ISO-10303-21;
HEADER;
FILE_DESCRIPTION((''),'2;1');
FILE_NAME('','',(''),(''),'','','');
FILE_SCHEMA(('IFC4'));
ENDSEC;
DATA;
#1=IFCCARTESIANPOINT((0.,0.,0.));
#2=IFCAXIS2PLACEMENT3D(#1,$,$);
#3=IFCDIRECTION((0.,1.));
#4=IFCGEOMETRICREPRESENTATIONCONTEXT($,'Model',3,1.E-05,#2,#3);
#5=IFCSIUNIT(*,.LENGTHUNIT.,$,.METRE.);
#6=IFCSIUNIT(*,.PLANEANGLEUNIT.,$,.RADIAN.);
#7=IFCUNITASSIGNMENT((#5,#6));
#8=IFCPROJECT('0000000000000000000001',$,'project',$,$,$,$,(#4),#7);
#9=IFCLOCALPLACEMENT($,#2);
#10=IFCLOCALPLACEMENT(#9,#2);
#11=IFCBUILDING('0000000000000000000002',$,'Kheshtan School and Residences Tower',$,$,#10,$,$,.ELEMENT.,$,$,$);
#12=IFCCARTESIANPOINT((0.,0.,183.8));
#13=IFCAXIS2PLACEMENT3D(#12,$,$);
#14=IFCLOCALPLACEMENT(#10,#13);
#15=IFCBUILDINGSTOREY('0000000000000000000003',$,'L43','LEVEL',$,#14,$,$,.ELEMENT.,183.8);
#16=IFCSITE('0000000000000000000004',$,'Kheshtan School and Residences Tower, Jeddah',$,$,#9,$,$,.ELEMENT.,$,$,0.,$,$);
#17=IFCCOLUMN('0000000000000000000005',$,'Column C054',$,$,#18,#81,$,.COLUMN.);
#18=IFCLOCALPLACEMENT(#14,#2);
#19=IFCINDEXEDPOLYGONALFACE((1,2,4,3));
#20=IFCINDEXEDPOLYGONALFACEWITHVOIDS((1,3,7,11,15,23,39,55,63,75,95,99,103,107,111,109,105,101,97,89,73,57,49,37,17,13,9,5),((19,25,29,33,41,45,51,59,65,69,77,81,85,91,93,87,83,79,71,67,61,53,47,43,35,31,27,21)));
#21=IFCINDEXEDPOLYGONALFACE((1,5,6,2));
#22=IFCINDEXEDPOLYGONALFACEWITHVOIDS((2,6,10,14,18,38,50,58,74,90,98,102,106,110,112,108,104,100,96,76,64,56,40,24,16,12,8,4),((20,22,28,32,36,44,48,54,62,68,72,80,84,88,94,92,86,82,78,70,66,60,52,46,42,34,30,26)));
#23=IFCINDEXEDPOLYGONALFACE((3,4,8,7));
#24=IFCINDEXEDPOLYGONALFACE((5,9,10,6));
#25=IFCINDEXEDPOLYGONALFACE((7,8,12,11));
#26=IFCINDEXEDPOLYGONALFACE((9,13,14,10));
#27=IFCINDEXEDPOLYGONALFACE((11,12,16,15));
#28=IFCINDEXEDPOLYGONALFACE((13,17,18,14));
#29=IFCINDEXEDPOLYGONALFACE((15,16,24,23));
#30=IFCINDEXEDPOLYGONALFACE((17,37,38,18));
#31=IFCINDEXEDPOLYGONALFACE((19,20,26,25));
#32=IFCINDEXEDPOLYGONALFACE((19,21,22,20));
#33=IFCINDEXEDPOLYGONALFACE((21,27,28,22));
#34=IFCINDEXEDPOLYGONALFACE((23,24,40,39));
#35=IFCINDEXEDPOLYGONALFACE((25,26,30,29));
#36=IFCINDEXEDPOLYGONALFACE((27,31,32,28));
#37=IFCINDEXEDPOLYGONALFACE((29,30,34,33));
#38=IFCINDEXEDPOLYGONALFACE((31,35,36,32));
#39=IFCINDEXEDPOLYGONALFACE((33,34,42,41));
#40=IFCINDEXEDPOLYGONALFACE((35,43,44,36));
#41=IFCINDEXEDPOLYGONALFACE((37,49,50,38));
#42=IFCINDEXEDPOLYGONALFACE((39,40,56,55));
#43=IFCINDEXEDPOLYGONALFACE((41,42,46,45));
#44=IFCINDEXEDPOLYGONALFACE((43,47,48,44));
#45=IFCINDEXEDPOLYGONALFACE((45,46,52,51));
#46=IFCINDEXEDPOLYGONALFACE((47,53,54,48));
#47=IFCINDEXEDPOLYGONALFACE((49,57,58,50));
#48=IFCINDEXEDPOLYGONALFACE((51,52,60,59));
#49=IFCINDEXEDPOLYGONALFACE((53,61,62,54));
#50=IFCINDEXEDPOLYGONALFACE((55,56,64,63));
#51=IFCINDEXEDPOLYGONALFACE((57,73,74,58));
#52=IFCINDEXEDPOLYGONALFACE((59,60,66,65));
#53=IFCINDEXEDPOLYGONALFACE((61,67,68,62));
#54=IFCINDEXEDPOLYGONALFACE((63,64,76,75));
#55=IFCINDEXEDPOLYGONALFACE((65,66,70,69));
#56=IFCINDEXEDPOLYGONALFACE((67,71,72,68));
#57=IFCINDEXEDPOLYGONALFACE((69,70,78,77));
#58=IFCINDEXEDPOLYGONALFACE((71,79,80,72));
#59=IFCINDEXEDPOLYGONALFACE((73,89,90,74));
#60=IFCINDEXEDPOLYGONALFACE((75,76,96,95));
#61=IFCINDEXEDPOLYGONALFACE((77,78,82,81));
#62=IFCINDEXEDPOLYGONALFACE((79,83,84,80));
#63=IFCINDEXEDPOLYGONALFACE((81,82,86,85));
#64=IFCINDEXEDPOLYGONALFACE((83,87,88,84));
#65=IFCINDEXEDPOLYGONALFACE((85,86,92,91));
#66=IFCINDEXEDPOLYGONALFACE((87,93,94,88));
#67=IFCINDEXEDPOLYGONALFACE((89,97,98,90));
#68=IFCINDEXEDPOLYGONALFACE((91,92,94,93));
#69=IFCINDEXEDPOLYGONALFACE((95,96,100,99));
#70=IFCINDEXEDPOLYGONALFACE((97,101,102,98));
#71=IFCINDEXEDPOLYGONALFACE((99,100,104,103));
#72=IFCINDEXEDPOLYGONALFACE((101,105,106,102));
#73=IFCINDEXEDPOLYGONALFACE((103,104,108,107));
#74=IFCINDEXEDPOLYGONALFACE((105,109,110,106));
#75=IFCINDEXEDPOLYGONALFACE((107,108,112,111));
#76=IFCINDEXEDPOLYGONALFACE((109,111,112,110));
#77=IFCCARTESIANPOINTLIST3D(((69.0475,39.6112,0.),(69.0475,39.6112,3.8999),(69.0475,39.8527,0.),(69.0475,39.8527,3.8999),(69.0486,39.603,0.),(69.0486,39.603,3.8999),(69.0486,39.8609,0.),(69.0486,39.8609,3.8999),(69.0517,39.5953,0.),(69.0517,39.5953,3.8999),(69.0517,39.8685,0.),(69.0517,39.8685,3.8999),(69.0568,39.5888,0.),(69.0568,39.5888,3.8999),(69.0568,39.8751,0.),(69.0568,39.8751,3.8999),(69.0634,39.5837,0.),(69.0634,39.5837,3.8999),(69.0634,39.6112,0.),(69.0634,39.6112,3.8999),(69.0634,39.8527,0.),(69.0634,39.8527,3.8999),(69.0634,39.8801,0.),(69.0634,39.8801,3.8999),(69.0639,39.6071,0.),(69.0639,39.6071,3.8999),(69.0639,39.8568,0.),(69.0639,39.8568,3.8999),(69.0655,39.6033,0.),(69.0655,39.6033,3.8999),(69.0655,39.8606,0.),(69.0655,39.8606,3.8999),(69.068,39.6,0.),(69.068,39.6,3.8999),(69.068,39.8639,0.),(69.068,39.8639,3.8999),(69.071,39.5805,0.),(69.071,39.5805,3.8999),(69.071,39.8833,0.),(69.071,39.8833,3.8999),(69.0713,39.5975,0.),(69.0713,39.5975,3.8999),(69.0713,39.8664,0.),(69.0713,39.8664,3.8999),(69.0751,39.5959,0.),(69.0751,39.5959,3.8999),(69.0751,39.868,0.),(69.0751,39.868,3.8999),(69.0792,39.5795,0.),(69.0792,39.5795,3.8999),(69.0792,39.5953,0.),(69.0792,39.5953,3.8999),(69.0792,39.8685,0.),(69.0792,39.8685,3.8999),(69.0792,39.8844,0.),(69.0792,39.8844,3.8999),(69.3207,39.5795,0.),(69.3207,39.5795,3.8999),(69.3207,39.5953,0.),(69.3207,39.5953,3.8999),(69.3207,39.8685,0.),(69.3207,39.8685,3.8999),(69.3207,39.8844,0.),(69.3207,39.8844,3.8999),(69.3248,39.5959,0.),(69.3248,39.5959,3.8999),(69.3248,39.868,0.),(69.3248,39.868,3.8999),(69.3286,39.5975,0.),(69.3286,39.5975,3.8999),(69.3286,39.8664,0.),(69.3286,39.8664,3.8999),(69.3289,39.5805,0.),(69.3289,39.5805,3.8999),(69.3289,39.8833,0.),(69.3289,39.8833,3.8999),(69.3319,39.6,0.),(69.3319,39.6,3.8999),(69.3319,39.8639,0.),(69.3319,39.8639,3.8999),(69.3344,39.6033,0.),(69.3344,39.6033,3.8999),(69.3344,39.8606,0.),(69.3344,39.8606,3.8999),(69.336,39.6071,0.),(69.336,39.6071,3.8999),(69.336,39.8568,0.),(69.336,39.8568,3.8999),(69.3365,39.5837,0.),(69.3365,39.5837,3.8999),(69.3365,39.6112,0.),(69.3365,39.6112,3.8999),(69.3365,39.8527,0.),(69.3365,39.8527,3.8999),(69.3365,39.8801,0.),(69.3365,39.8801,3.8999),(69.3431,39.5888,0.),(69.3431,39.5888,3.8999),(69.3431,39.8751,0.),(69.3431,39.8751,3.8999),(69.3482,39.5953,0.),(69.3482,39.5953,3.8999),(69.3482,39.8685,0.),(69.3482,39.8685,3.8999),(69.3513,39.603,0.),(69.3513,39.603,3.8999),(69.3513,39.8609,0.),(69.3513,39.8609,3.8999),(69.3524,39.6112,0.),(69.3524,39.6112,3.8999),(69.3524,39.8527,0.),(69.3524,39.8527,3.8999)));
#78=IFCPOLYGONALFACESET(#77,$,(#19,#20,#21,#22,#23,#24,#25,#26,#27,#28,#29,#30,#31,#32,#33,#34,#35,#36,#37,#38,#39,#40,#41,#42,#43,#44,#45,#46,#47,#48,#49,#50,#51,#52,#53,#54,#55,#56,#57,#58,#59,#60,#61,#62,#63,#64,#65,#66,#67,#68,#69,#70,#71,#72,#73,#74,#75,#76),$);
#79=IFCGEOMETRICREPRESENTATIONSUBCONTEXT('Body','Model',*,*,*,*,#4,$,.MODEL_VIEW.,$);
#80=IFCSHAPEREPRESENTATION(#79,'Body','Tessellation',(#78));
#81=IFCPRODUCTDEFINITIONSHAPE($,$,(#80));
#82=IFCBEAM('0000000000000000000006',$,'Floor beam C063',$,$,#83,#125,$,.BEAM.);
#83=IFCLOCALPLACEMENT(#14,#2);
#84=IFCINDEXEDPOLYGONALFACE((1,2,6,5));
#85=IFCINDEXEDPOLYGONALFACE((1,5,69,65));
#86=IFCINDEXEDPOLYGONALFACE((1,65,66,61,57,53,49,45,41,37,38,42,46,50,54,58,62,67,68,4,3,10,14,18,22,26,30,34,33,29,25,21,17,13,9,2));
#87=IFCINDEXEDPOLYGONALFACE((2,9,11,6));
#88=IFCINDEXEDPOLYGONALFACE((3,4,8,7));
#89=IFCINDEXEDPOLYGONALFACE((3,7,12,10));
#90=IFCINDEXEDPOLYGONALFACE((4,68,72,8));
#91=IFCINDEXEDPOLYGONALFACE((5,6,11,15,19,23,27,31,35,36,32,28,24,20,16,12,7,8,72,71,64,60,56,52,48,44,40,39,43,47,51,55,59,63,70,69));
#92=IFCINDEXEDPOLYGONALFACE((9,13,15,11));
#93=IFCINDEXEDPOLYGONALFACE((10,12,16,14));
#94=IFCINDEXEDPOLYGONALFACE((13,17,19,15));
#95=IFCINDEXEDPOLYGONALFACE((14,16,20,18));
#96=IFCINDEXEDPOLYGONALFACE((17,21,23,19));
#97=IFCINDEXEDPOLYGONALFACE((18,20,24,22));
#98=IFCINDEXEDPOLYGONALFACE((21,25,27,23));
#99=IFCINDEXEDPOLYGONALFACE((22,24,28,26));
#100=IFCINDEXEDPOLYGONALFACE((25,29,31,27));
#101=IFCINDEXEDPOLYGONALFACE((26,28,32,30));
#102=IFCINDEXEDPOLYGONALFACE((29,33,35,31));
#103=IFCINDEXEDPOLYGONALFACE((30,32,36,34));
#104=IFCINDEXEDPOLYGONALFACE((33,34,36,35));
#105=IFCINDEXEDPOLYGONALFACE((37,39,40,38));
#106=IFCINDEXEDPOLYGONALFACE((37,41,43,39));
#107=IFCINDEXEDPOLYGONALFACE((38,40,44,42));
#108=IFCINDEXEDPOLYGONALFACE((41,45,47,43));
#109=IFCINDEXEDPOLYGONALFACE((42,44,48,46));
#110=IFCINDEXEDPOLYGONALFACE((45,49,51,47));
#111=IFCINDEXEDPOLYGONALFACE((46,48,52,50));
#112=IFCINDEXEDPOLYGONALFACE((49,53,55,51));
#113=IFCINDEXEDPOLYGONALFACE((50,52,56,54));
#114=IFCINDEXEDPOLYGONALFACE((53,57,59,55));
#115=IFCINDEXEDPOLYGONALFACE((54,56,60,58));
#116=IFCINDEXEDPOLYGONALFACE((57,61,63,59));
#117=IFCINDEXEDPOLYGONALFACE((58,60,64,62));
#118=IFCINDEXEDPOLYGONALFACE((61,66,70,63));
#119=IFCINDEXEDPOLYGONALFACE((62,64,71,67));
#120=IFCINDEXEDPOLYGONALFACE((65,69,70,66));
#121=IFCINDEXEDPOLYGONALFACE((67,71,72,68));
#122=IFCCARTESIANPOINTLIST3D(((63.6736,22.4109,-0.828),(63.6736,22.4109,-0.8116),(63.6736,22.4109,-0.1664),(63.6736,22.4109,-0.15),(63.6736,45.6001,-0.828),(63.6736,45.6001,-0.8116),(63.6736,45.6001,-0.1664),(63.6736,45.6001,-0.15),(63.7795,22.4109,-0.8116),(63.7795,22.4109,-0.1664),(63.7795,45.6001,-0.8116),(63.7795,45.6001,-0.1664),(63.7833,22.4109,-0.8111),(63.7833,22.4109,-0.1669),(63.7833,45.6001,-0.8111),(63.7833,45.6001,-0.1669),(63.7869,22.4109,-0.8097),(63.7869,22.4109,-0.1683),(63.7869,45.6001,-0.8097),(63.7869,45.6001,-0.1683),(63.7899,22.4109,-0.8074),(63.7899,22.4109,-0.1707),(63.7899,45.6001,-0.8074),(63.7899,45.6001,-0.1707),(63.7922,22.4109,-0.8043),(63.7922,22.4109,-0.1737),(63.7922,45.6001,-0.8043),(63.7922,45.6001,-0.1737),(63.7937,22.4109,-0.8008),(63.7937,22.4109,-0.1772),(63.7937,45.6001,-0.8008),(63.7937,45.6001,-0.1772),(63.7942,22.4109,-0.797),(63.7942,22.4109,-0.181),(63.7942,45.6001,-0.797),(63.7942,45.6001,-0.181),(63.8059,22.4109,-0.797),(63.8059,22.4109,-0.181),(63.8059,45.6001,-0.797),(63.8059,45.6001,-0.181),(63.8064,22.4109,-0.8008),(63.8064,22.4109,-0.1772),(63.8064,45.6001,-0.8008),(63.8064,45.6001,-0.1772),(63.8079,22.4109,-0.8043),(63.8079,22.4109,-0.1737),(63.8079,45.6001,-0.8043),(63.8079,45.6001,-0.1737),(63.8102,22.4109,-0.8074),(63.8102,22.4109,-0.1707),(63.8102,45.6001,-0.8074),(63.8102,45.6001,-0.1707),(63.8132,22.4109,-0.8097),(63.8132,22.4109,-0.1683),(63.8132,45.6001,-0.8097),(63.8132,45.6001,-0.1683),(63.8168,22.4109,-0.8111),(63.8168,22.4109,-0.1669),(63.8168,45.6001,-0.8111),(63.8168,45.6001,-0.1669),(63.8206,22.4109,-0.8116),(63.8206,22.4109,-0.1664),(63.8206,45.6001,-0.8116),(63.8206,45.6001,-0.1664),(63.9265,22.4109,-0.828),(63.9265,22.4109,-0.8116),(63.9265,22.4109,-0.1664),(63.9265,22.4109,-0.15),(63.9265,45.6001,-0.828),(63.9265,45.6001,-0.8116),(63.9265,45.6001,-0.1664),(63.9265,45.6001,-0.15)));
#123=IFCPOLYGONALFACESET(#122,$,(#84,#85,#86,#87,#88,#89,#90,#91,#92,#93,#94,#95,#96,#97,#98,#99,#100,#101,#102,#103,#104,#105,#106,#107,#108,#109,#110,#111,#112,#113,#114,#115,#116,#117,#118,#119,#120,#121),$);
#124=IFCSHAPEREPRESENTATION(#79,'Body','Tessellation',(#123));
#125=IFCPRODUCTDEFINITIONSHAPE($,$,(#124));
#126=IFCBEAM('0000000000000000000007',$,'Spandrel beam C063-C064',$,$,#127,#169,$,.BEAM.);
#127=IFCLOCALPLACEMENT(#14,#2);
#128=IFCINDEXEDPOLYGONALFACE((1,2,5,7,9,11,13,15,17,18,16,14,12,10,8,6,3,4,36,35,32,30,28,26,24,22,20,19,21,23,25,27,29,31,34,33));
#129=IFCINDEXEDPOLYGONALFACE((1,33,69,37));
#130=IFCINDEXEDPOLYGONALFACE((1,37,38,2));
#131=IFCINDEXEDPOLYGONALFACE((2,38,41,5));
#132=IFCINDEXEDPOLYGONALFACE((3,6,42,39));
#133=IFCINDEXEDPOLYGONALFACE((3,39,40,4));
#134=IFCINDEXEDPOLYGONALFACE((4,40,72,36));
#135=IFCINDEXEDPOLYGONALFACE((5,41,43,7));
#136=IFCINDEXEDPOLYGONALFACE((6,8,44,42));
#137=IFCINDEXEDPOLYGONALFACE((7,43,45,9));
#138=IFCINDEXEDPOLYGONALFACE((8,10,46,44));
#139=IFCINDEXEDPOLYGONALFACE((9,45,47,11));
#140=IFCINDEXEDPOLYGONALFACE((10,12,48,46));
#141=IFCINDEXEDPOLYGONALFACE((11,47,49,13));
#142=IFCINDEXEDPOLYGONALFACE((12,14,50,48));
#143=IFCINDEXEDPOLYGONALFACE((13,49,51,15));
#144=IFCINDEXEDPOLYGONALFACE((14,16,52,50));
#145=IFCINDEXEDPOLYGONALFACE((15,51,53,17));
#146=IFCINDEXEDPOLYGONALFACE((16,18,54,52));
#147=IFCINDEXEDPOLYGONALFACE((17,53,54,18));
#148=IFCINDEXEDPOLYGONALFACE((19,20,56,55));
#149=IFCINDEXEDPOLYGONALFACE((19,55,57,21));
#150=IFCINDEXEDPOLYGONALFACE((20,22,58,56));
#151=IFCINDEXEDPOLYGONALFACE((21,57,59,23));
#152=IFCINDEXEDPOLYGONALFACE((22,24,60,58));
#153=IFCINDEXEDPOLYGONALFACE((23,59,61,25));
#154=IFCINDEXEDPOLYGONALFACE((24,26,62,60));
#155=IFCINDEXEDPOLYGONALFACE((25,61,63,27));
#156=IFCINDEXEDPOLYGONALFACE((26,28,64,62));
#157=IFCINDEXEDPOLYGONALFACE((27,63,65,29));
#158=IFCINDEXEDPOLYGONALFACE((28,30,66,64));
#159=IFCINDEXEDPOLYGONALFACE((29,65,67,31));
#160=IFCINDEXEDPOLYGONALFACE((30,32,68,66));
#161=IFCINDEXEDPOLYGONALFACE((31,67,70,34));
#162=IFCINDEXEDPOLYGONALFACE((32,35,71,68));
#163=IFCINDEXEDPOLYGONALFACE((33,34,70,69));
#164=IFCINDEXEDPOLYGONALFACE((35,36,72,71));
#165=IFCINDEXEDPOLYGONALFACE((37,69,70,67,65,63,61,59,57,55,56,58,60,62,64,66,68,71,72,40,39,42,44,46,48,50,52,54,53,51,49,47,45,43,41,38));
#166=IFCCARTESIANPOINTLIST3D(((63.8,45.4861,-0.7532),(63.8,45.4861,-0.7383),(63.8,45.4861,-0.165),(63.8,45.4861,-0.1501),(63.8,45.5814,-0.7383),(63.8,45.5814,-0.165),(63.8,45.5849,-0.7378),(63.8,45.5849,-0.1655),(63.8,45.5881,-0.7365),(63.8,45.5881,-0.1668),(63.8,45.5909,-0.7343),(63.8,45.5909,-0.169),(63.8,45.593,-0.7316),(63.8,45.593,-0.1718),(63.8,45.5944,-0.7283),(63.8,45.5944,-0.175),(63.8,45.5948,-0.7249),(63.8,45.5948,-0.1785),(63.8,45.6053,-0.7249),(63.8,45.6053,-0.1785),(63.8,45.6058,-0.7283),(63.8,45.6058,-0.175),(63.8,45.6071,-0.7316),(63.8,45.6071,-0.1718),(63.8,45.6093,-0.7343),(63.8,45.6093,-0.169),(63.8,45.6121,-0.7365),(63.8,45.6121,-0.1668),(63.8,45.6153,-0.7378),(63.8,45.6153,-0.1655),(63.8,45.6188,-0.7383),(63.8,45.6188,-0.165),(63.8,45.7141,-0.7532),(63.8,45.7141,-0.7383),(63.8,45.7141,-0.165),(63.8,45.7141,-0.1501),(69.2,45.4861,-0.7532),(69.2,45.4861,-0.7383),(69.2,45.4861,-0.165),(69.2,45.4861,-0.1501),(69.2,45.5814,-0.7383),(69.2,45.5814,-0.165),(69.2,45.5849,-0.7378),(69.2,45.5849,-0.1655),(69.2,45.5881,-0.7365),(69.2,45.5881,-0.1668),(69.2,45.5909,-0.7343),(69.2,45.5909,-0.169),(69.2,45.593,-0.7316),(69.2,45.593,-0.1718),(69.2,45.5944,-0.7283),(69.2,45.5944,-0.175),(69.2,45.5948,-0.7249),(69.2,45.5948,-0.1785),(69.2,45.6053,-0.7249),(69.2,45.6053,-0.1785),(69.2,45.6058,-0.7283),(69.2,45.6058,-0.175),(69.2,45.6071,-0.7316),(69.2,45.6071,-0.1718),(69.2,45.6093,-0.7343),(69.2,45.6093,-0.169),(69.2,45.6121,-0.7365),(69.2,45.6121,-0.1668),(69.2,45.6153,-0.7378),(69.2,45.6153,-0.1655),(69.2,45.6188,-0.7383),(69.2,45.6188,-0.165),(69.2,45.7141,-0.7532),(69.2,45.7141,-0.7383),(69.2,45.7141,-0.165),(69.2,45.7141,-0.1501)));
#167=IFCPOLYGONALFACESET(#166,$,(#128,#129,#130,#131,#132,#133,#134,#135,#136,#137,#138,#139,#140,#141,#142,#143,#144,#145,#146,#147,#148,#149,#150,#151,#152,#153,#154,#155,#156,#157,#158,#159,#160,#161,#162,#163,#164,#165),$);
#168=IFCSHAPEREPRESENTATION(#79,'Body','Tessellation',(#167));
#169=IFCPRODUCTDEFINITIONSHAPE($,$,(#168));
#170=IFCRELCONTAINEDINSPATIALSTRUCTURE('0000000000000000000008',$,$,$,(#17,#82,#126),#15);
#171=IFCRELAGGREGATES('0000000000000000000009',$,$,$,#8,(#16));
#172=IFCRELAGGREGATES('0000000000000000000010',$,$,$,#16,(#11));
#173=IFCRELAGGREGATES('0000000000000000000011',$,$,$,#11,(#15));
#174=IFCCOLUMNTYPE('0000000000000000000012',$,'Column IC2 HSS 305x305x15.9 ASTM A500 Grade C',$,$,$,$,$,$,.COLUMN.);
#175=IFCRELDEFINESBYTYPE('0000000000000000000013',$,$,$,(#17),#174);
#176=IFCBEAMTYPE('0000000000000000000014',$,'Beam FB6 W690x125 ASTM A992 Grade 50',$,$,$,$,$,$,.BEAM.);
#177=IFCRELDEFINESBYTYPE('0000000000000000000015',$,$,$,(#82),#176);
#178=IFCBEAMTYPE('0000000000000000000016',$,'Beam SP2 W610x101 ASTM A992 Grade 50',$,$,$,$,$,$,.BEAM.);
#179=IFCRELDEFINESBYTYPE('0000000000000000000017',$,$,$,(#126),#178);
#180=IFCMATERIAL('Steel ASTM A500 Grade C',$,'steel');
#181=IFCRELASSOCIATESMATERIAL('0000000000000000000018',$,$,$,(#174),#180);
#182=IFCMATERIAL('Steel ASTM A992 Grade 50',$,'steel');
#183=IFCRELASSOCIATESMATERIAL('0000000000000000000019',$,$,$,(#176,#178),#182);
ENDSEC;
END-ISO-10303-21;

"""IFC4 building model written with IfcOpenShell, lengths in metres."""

from ifc_helpers import new_model, si_unit, direction, frame, origin, origin_2d, place, context, subcontext, project, spatial, hollow_rectangle, i_section, extrude, material, material_profile, profile_set, type_object, element, save


model = new_model("IFC4")

# Units and contexts
model_context = context("Model", 3, precision=1e-05, world=origin(), true_north=direction((0.0, 1.0)))
body_context = subcontext(model_context, "Body", "Model", "MODEL_VIEW")
ifc_project = project(units=[si_unit("LENGTHUNIT", "METRE"), si_unit("PLANEANGLEUNIT", "RADIAN")], contexts=[model_context])

# Site, building, storey
site_placement = place(None, origin())
site = spatial("IfcSite", under=ifc_project, at=site_placement, Name="Kheshtan School and Residences Tower, Jeddah", CompositionType="ELEMENT", RefElevation=0.0)
building_placement = place(site_placement, origin())
building = spatial("IfcBuilding", under=site, at=building_placement, Name="Kheshtan School and Residences Tower", CompositionType="ELEMENT")
storey_placement = place(building_placement, frame((0.0, 0.0, 183.8)))
storey = spatial("IfcBuildingStorey", under=building, at=storey_placement, Name="L43", Description="LEVEL", CompositionType="ELEMENT", Elevation=183.8)

# Column
ifc_material_1 = material(Name="Steel ASTM A992 Grade 50", Category="steel")
ifc_material_2 = material(Name="Steel ASTM A500 Grade C", Category="steel")
ifc_material_profile_1 = material_profile(ifc_material_2, hollow_rectangle(XDim=0.3049, YDim=0.3049, WallThickness=0.0159, InnerFilletRadius=0.0159, OuterFilletRadius=0.0317, at=origin_2d()), Name="HSS 305x305x15.9")
ifc_profile_set_1 = profile_set([ifc_material_profile_1], Name="Steel ASTM A500 Grade C")
column_type_1 = type_object("IfcColumnType", Name="Column IC2 HSS 305x305x15.9 ASTM A500 Grade C", PredefinedType="COLUMN", material=ifc_profile_set_1)
column_placement = place(storey_placement, frame((69.2, 39.7319, 0.0), z_axis=(0.0, 0.0, 1.0), x_axis=(1.0, 0.0, 0.0)))
element("IfcColumn", 1, at=column_placement, inside=storey, type_object=column_type_1, Name="Column C054", PredefinedType="COLUMN", context=body_context, shape_type="SweptSolid", body=[
    extrude(hollow_rectangle(XDim=0.3049, YDim=0.3049, WallThickness=0.0159, InnerFilletRadius=0.0159, OuterFilletRadius=0.0317, at=origin_2d()), origin(), (0.0, 0.0, 1.0), 3.8999),
])

# Beams
ifc_material_profile_2 = material_profile(ifc_material_1, i_section(OverallWidth=0.2529, OverallDepth=0.678, WebThickness=0.0117, FlangeThickness=0.0164, FilletRadius=0.0146, at=origin_2d()), Name="W690x125")
ifc_profile_set_2 = profile_set([ifc_material_profile_2], Name="Steel ASTM A992 Grade 50")
beam_type_1 = type_object("IfcBeamType", Name="Beam FB6 W690x125 ASTM A992 Grade 50", PredefinedType="BEAM", material=ifc_profile_set_2)
beam_1_placement = place(storey_placement, frame((63.8, 45.6001, -0.489), z_axis=(0.0, -1.0, 0.0), x_axis=(1.0, 0.0, 0.0)))
element("IfcBeam", 2, at=beam_1_placement, inside=storey, type_object=beam_type_1, Name="Floor beam C063", PredefinedType="BEAM", context=body_context, shape_type="SweptSolid", body=[
    extrude(i_section(OverallWidth=0.2529, OverallDepth=0.678, WebThickness=0.0117, FlangeThickness=0.0164, FilletRadius=0.0146, at=origin_2d()), origin(), (0.0, 0.0, 1.0), 23.1892),
])
ifc_material_profile_3 = material_profile(ifc_material_1, i_section(OverallWidth=0.228, OverallDepth=0.603, WebThickness=0.0105, FlangeThickness=0.0149, FilletRadius=0.0134, at=origin_2d()), Name="W610x101")
ifc_profile_set_3 = profile_set([ifc_material_profile_3], Name="Steel ASTM A992 Grade 50")
beam_type_2 = type_object("IfcBeamType", Name="Beam SP2 W610x101 ASTM A992 Grade 50", PredefinedType="BEAM", material=ifc_profile_set_3)
beam_2_placement = place(storey_placement, frame((63.8, 45.6001, -0.4517), z_axis=(1.0, 0.0, 0.0), x_axis=(0.0, 1.0, 0.0)))
element("IfcBeam", 3, at=beam_2_placement, inside=storey, type_object=beam_type_2, Name="Spandrel beam C063-C064", PredefinedType="BEAM", context=body_context, shape_type="SweptSolid", body=[
    extrude(i_section(OverallWidth=0.228, OverallDepth=0.603, WebThickness=0.0105, FlangeThickness=0.0149, FilletRadius=0.0134, at=origin_2d()), origin(), (0.0, 0.0, 1.0), 5.3999),
])

save(model, "model.ifc")
